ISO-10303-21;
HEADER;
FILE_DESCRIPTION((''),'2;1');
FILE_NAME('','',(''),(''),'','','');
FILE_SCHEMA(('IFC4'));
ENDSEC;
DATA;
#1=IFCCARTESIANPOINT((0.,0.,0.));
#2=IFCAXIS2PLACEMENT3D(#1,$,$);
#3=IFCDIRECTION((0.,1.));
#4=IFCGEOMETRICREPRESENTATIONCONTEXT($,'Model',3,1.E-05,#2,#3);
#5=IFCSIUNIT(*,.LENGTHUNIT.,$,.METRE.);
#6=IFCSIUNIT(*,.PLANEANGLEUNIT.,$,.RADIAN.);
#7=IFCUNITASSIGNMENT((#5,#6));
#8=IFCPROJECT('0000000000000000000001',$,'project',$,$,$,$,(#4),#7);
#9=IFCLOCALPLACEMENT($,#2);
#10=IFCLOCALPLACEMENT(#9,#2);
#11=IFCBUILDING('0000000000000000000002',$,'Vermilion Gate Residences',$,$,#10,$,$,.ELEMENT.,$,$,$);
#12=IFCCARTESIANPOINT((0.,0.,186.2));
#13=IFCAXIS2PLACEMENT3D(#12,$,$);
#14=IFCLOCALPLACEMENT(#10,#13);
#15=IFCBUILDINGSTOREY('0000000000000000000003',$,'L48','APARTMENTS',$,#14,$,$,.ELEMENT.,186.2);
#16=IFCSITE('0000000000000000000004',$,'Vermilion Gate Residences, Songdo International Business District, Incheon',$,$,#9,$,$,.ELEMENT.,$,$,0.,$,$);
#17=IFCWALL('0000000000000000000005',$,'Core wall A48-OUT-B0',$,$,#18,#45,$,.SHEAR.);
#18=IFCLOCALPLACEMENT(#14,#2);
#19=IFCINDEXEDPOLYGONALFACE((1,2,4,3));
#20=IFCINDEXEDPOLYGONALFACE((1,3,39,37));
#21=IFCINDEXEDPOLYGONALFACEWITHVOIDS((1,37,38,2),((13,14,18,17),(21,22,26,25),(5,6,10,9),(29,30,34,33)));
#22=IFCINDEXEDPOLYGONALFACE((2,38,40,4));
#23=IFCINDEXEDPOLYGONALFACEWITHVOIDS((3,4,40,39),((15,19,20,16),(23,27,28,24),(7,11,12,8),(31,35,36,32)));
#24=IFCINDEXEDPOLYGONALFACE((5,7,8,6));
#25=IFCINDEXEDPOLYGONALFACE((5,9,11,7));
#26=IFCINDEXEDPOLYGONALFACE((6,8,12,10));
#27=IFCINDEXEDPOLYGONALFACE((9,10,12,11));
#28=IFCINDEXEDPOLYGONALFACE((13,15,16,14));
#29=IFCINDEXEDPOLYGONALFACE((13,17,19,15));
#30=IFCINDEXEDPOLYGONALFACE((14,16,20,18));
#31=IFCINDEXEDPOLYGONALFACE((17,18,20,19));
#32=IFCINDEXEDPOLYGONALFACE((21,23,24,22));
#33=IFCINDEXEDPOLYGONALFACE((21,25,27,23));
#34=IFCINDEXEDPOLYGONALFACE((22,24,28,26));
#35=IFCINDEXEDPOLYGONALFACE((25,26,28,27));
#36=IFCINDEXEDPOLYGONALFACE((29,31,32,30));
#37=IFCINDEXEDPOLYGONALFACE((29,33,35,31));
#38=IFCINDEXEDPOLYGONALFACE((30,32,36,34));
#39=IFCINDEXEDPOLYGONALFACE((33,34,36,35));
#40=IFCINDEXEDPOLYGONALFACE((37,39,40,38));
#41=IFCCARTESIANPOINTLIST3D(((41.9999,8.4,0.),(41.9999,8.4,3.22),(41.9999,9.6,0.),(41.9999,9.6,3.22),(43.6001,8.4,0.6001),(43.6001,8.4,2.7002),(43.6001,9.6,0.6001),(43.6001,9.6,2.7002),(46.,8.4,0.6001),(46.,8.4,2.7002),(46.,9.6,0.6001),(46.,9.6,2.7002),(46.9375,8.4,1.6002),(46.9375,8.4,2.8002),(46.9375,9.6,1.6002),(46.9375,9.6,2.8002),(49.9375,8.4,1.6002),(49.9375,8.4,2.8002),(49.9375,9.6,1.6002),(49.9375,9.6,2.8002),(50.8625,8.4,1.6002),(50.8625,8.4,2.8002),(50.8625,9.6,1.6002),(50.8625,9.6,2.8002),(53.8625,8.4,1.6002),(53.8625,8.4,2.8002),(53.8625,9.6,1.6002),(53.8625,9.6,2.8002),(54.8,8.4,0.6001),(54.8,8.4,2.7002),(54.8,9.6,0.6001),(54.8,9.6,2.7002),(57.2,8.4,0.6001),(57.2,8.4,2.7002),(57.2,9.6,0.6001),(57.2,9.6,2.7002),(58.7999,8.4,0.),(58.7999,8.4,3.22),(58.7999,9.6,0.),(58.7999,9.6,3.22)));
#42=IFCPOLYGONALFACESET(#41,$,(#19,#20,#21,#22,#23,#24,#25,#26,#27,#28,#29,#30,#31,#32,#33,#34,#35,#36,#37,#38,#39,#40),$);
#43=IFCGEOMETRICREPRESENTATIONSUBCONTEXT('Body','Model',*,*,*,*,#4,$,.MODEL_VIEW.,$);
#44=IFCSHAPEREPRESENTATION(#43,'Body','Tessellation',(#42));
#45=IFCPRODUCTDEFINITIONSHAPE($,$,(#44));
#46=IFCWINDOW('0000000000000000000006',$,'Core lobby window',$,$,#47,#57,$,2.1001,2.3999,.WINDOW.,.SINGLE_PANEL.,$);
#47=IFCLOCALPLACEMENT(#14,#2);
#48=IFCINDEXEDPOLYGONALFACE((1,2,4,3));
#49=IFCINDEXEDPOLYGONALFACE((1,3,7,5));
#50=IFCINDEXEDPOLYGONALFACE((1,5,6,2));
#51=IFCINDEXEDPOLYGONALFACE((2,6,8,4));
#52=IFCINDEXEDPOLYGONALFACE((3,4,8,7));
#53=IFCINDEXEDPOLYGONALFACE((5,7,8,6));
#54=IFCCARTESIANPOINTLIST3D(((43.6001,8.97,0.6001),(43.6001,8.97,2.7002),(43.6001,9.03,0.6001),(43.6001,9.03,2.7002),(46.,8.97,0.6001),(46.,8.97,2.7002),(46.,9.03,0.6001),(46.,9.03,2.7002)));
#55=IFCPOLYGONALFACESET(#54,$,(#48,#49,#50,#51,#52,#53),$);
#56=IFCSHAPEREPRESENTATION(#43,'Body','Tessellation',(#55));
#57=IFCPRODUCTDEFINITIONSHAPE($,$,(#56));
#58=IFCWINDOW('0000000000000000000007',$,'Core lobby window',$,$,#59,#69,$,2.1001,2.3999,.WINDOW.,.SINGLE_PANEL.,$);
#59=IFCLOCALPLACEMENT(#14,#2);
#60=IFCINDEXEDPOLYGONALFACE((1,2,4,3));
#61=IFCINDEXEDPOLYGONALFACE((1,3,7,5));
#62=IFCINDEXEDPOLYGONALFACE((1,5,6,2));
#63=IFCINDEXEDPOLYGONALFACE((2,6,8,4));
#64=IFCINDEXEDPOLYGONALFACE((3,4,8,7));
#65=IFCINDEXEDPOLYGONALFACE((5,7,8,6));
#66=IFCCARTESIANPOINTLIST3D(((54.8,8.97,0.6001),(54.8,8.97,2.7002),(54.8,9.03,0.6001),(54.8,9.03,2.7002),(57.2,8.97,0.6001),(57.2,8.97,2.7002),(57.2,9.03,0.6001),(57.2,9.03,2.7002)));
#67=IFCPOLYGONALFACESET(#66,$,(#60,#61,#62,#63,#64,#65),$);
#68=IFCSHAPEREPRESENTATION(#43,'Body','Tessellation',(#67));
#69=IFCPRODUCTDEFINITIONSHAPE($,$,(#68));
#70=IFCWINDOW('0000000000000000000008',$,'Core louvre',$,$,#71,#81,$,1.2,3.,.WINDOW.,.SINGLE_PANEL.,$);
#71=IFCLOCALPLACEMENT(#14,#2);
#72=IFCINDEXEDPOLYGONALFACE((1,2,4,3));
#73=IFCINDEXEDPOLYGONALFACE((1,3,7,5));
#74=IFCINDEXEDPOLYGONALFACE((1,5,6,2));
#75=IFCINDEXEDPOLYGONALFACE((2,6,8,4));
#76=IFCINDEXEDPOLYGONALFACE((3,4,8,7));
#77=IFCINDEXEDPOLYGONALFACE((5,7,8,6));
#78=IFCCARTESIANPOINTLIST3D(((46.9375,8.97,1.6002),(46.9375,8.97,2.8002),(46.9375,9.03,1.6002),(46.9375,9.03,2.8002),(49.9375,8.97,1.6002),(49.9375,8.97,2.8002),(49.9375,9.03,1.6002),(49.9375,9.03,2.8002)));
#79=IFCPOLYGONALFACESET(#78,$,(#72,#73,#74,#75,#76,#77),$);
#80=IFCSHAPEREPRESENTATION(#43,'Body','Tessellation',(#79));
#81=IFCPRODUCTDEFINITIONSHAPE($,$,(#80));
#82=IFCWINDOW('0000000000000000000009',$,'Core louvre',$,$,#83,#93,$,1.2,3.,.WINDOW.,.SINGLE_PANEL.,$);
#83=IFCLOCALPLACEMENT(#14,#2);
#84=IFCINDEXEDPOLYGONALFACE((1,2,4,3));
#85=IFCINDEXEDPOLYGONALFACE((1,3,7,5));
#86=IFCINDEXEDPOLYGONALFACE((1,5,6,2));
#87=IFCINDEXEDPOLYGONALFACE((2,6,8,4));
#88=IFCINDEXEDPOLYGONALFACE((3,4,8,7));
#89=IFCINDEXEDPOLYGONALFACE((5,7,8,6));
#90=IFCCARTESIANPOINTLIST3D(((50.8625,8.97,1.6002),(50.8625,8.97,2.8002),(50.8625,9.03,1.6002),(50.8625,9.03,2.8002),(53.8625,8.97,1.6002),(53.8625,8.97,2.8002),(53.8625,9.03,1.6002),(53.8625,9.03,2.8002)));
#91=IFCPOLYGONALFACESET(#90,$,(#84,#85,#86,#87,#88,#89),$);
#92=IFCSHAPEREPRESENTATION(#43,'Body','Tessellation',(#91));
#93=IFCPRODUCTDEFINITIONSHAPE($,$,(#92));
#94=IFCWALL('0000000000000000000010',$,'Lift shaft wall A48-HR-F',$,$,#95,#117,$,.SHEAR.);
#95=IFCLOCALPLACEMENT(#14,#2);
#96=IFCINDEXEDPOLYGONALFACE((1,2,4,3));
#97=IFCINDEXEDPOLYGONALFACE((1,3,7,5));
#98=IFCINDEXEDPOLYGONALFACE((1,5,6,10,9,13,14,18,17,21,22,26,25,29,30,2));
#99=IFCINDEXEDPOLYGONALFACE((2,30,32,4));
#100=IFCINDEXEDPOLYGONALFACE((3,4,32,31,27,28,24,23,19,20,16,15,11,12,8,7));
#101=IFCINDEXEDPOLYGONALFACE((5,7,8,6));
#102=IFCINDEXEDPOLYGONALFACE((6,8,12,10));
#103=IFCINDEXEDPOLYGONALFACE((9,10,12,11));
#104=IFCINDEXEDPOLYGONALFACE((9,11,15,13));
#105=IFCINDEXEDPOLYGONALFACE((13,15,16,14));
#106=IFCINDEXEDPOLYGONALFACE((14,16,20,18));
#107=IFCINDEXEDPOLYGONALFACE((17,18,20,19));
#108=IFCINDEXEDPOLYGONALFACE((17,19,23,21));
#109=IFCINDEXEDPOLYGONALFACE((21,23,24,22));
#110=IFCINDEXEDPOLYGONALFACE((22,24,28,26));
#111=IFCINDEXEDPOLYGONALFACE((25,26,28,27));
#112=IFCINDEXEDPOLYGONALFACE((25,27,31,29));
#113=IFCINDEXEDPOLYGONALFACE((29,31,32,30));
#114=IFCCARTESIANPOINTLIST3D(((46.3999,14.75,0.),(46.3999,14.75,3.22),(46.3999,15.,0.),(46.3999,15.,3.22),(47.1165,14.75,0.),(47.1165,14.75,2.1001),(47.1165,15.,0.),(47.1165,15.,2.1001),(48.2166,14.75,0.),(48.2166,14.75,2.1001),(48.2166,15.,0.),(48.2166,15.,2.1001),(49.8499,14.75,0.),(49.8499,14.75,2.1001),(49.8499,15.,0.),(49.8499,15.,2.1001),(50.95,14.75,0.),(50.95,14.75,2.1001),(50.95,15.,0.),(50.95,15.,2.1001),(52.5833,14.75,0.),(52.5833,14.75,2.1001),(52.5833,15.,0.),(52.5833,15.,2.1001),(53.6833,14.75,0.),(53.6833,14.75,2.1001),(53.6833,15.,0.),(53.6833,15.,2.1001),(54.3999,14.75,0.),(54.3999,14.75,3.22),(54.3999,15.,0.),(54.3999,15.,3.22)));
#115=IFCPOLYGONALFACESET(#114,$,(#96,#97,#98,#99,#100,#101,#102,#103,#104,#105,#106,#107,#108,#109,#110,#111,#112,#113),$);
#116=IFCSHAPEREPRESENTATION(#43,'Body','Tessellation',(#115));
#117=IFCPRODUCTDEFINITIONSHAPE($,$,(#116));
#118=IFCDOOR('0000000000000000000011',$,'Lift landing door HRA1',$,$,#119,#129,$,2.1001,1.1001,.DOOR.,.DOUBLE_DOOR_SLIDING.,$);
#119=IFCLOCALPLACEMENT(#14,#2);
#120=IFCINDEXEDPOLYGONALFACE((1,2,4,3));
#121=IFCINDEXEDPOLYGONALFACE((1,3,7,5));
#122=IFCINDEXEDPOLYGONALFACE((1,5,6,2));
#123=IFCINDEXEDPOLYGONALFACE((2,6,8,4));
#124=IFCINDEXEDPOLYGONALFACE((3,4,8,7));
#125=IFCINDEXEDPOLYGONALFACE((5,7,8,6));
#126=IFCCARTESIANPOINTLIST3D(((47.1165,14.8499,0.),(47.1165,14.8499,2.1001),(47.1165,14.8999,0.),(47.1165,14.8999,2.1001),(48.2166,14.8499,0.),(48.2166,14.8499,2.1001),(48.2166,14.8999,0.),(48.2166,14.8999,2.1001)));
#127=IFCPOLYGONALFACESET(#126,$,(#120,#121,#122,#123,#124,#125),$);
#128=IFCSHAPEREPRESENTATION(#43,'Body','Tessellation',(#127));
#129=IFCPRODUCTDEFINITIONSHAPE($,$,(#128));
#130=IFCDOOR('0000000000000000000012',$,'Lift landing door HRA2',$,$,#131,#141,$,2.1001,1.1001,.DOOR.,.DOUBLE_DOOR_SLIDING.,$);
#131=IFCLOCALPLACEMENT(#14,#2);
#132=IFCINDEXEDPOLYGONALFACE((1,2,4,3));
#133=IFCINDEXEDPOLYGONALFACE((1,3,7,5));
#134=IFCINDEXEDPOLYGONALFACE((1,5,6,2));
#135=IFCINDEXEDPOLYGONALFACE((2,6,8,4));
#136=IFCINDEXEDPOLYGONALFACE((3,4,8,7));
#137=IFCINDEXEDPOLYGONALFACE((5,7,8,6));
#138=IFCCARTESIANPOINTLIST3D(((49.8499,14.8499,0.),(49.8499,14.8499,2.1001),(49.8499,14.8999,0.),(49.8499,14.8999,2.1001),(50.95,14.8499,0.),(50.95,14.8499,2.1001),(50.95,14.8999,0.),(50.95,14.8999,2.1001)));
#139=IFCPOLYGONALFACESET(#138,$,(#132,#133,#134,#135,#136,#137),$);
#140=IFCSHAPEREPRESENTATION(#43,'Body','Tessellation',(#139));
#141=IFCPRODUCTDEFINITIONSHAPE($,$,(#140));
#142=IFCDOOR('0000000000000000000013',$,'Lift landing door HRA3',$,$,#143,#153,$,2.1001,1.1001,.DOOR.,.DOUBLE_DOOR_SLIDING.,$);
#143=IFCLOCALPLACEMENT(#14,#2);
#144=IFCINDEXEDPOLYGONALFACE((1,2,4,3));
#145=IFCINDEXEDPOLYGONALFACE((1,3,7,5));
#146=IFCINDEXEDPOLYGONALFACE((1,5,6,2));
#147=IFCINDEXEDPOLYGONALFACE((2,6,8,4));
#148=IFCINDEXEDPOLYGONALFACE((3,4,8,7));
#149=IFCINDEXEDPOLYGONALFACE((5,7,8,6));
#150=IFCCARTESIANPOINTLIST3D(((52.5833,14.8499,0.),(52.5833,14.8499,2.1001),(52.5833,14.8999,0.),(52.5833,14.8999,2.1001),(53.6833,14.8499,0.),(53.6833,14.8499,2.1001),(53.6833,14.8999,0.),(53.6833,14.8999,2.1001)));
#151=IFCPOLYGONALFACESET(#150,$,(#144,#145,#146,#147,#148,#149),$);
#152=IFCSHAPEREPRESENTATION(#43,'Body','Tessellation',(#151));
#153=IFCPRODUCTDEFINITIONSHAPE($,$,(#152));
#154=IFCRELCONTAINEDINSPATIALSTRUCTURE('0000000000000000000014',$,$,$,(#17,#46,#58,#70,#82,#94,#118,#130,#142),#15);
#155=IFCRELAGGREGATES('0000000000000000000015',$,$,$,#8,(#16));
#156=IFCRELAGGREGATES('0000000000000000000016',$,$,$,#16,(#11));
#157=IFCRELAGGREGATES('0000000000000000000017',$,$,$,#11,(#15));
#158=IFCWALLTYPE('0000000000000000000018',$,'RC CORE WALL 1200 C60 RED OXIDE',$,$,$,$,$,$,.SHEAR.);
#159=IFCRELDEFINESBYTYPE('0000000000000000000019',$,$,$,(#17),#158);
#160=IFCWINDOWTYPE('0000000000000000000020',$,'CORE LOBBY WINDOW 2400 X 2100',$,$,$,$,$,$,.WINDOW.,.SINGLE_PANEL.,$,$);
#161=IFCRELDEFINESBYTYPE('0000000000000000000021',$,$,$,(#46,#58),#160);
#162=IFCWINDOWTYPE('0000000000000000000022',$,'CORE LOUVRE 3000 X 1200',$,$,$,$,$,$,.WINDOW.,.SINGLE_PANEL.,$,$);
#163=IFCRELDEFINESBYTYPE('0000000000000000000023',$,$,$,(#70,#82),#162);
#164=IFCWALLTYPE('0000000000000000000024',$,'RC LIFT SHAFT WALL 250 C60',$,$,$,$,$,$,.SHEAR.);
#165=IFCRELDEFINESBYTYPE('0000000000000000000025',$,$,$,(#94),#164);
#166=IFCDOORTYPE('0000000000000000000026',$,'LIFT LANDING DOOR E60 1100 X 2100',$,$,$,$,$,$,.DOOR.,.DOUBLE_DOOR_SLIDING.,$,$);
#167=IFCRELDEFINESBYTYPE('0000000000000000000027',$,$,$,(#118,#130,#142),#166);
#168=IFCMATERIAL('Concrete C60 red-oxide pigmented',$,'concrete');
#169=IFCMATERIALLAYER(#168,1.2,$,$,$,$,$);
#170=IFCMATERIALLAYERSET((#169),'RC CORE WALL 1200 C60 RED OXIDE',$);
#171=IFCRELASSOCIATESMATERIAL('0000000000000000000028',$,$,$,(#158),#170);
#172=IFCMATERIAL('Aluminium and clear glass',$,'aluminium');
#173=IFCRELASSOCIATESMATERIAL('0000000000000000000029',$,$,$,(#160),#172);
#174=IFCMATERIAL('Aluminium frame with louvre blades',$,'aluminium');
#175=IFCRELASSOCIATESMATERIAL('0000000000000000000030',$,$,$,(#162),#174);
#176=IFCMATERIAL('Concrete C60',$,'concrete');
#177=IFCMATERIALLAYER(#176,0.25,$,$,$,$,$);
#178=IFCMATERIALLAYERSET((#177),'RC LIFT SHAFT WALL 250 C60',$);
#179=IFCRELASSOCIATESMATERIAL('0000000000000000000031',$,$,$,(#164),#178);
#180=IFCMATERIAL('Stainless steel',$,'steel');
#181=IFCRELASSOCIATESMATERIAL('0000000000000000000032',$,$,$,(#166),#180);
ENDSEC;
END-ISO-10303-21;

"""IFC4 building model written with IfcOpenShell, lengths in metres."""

from ifc_helpers import new_model, si_unit, direction, frame, frame_2d, origin, place, context, subcontext, project, spatial, rectangle, extrude, material, layer, layer_set, type_object, element, fill, save


model = new_model("IFC4")

# Units and contexts
model_context = context("Model", 3, precision=1e-05, world=origin(), true_north=direction((0.0, 1.0)))
body_context = subcontext(model_context, "Body", "Model", "MODEL_VIEW")
ifc_project = project(units=[si_unit("LENGTHUNIT", "METRE"), si_unit("PLANEANGLEUNIT", "RADIAN")], contexts=[model_context])

# Site, building, storey
site_placement = place(None, origin())
site = spatial("IfcSite", under=ifc_project, at=site_placement, Name="Vermilion Gate Residences, Songdo International Business District, Incheon", CompositionType="ELEMENT", RefElevation=0.0)
building_placement = place(site_placement, origin())
building = spatial("IfcBuilding", under=site, at=building_placement, Name="Vermilion Gate Residences", CompositionType="ELEMENT")
storey_placement = place(building_placement, frame((0.0, 0.0, 186.2)))
storey = spatial("IfcBuildingStorey", under=building, at=storey_placement, Name="L48", Description="APARTMENTS", CompositionType="ELEMENT", Elevation=186.2)

# Wall, openings, windows
ifc_material_1 = material(Name="Concrete C60 red-oxide pigmented", Category="concrete")
ifc_layer_1 = layer(ifc_material_1, 1.2)
ifc_layer_set_1 = layer_set([ifc_layer_1], Name="RC CORE WALL 1200 C60 RED OXIDE")
wall_type_1 = type_object("IfcWallType", Name="RC CORE WALL 1200 C60 RED OXIDE", PredefinedType="SHEAR", material=ifc_layer_set_1)
wall_1_placement = place(storey_placement, frame((42.0, 9.0, 0.0), z_axis=(0.0, 0.0, 1.0), x_axis=(1.0, 0.0, 0.0)))
wall_1 = element("IfcWall", 1, at=wall_1_placement, inside=storey, type_object=wall_type_1, Name="Core wall A48-OUT-B0", PredefinedType="SHEAR", context=body_context, shape_type="SweptSolid", body=[
    extrude(rectangle(XDim=16.8, YDim=1.2, at=frame_2d((8.3999, 0.0))), origin(), (0.0, 0.0, 1.0), 3.22),
])
opening_1_placement = place(wall_1_placement, frame((1.6001, 0.0, 0.6001)))
opening_1 = element("IfcOpeningElement", 2, at=opening_1_placement, cuts=wall_1, PredefinedType="OPENING", context=body_context, shape_type="SweptSolid", body=[
    extrude(rectangle(XDim=2.3999, YDim=2.1001, at=frame_2d((1.2, 1.05))), frame((0.0, 0.6099, 0.0), z_axis=(0.0, -1.0, 0.0), x_axis=(1.0, 0.0, 0.0)), (0.0, 0.0, 1.0), 1.22),
])
opening_2_placement = place(wall_1_placement, frame((4.9375, 0.0, 1.6001)))
opening_2 = element("IfcOpeningElement", 3, at=opening_2_placement, cuts=wall_1, PredefinedType="OPENING", context=body_context, shape_type="SweptSolid", body=[
    extrude(rectangle(XDim=3.0, YDim=1.2, at=frame_2d((1.5, 0.6001))), frame((0.0, 0.6099, 0.0), z_axis=(0.0, -1.0, 0.0), x_axis=(1.0, 0.0, 0.0)), (0.0, 0.0, 1.0), 1.22),
])
opening_3_placement = place(wall_1_placement, frame((8.8625, 0.0, 1.6001)))
opening_3 = element("IfcOpeningElement", 4, at=opening_3_placement, cuts=wall_1, PredefinedType="OPENING", context=body_context, shape_type="SweptSolid", body=[
    extrude(rectangle(XDim=3.0, YDim=1.2, at=frame_2d((1.5, 0.6001))), frame((0.0, 0.6099, 0.0), z_axis=(0.0, -1.0, 0.0), x_axis=(1.0, 0.0, 0.0)), (0.0, 0.0, 1.0), 1.22),
])
opening_4_placement = place(wall_1_placement, frame((12.8, 0.0, 0.6001)))
opening_4 = element("IfcOpeningElement", 5, at=opening_4_placement, cuts=wall_1, PredefinedType="OPENING", context=body_context, shape_type="SweptSolid", body=[
    extrude(rectangle(XDim=2.3999, YDim=2.1001, at=frame_2d((1.2, 1.05))), frame((0.0, 0.6099, 0.0), z_axis=(0.0, -1.0, 0.0), x_axis=(1.0, 0.0, 0.0)), (0.0, 0.0, 1.0), 1.22),
])
ifc_material_2 = material(Name="Aluminium and clear glass", Category="aluminium")
window_type_1 = type_object("IfcWindowType", Name="CORE LOBBY WINDOW 2400 X 2100", PartitioningType="SINGLE_PANEL", PredefinedType="WINDOW", material=ifc_material_2)
window_1_placement = place(opening_1_placement, origin())
window_1 = element("IfcWindow", 6, at=window_1_placement, inside=storey, type_object=window_type_1, Name="Core lobby window", OverallHeight=2.1001, OverallWidth=2.3999, PartitioningType="SINGLE_PANEL", PredefinedType="WINDOW", context=body_context, shape_type="SweptSolid", body=[
    extrude(rectangle(XDim=2.3999, YDim=2.1001, at=frame_2d((1.2, 1.05))), frame((0.0, 0.03, 0.0), z_axis=(0.0, -1.0, 0.0), x_axis=(1.0, 0.0, 0.0)), (0.0, 0.0, 1.0), 0.0601),
])
fill(opening_1, window_1)
window_2_placement = place(opening_4_placement, origin())
window_2 = element("IfcWindow", 7, at=window_2_placement, inside=storey, type_object=window_type_1, Name="Core lobby window", OverallHeight=2.1001, OverallWidth=2.3999, PartitioningType="SINGLE_PANEL", PredefinedType="WINDOW", context=body_context, shape_type="SweptSolid", body=[
    extrude(rectangle(XDim=2.3999, YDim=2.1001, at=frame_2d((1.2, 1.05))), frame((0.0, 0.03, 0.0), z_axis=(0.0, -1.0, 0.0), x_axis=(1.0, 0.0, 0.0)), (0.0, 0.0, 1.0), 0.0601),
])
fill(opening_4, window_2)
ifc_material_3 = material(Name="Aluminium frame with louvre blades", Category="aluminium")
window_type_2 = type_object("IfcWindowType", Name="CORE LOUVRE 3000 X 1200", PartitioningType="SINGLE_PANEL", PredefinedType="WINDOW", material=ifc_material_3)
window_3_placement = place(opening_2_placement, origin())
window_3 = element("IfcWindow", 8, at=window_3_placement, inside=storey, type_object=window_type_2, Name="Core louvre", OverallHeight=1.2, OverallWidth=3.0, PartitioningType="SINGLE_PANEL", PredefinedType="WINDOW", context=body_context, shape_type="SweptSolid", body=[
    extrude(rectangle(XDim=3.0, YDim=1.2, at=frame_2d((1.5, 0.6001))), frame((0.0, 0.03, 0.0), z_axis=(0.0, -1.0, 0.0), x_axis=(1.0, 0.0, 0.0)), (0.0, 0.0, 1.0), 0.0601),
])
fill(opening_2, window_3)
window_4_placement = place(opening_3_placement, origin())
window_4 = element("IfcWindow", 9, at=window_4_placement, inside=storey, type_object=window_type_2, Name="Core louvre", OverallHeight=1.2, OverallWidth=3.0, PartitioningType="SINGLE_PANEL", PredefinedType="WINDOW", context=body_context, shape_type="SweptSolid", body=[
    extrude(rectangle(XDim=3.0, YDim=1.2, at=frame_2d((1.5, 0.6001))), frame((0.0, 0.03, 0.0), z_axis=(0.0, -1.0, 0.0), x_axis=(1.0, 0.0, 0.0)), (0.0, 0.0, 1.0), 0.0601),
])
fill(opening_3, window_4)

# Wall, openings, doors
ifc_material_4 = material(Name="Concrete C60", Category="concrete")
ifc_layer_2 = layer(ifc_material_4, 0.25)
ifc_layer_set_2 = layer_set([ifc_layer_2], Name="RC LIFT SHAFT WALL 250 C60")
wall_type_2 = type_object("IfcWallType", Name="RC LIFT SHAFT WALL 250 C60", PredefinedType="SHEAR", material=ifc_layer_set_2)
wall_2_placement = place(storey_placement, frame((46.3999, 14.875, 0.0), z_axis=(0.0, 0.0, 1.0), x_axis=(1.0, 0.0, 0.0)))
wall_2 = element("IfcWall", 10, at=wall_2_placement, inside=storey, type_object=wall_type_2, Name="Lift shaft wall A48-HR-F", PredefinedType="SHEAR", context=body_context, shape_type="SweptSolid", body=[
    extrude(rectangle(XDim=8.0, YDim=0.25, at=frame_2d((4.0, 0.0))), origin(), (0.0, 0.0, 1.0), 3.22),
])
opening_5_placement = place(wall_2_placement, frame((0.7166, 0.0, 0.0)))
opening_5 = element("IfcOpeningElement", 11, at=opening_5_placement, cuts=wall_2, PredefinedType="OPENING", context=body_context, shape_type="SweptSolid", body=[
    extrude(rectangle(XDim=1.1001, YDim=2.1001, at=frame_2d((0.55, 1.05))), frame((0.0, 0.135, 0.0), z_axis=(0.0, -1.0, 0.0), x_axis=(1.0, 0.0, 0.0)), (0.0, 0.0, 1.0), 0.27),
])
opening_6_placement = place(wall_2_placement, frame((3.45, 0.0, 0.0)))
opening_6 = element("IfcOpeningElement", 12, at=opening_6_placement, cuts=wall_2, PredefinedType="OPENING", context=body_context, shape_type="SweptSolid", body=[
    extrude(rectangle(XDim=1.1001, YDim=2.1001, at=frame_2d((0.55, 1.05))), frame((0.0, 0.135, 0.0), z_axis=(0.0, -1.0, 0.0), x_axis=(1.0, 0.0, 0.0)), (0.0, 0.0, 1.0), 0.27),
])
opening_7_placement = place(wall_2_placement, frame((6.1833, 0.0, 0.0)))
opening_7 = element("IfcOpeningElement", 13, at=opening_7_placement, cuts=wall_2, PredefinedType="OPENING", context=body_context, shape_type="SweptSolid", body=[
    extrude(rectangle(XDim=1.1001, YDim=2.1001, at=frame_2d((0.55, 1.05))), frame((0.0, 0.135, 0.0), z_axis=(0.0, -1.0, 0.0), x_axis=(1.0, 0.0, 0.0)), (0.0, 0.0, 1.0), 0.27),
])
ifc_material_5 = material(Name="Stainless steel", Category="steel")
door_type_1 = type_object("IfcDoorType", Name="LIFT LANDING DOOR E60 1100 X 2100", OperationType="DOUBLE_DOOR_SLIDING", PredefinedType="DOOR", material=ifc_material_5)
door_1_placement = place(opening_5_placement, origin())
door_1 = element("IfcDoor", 14, at=door_1_placement, inside=storey, type_object=door_type_1, Name="Lift landing door HRA1", OperationType="DOUBLE_DOOR_SLIDING", OverallHeight=2.1001, OverallWidth=1.1001, PredefinedType="DOOR", context=body_context, shape_type="SweptSolid", body=[
    extrude(rectangle(XDim=1.1001, YDim=2.1001, at=frame_2d((0.55, 1.05))), frame((0.0, 0.0249, 0.0), z_axis=(0.0, -1.0, 0.0), x_axis=(1.0, 0.0, 0.0)), (0.0, 0.0, 1.0), 0.05),
])
fill(opening_5, door_1)
door_2_placement = place(opening_6_placement, origin())
door_2 = element("IfcDoor", 15, at=door_2_placement, inside=storey, type_object=door_type_1, Name="Lift landing door HRA2", OperationType="DOUBLE_DOOR_SLIDING", OverallHeight=2.1001, OverallWidth=1.1001, PredefinedType="DOOR", context=body_context, shape_type="SweptSolid", body=[
    extrude(rectangle(XDim=1.1001, YDim=2.1001, at=frame_2d((0.55, 1.05))), frame((0.0, 0.0249, 0.0), z_axis=(0.0, -1.0, 0.0), x_axis=(1.0, 0.0, 0.0)), (0.0, 0.0, 1.0), 0.05),
])
fill(opening_6, door_2)
door_3_placement = place(opening_7_placement, origin())
door_3 = element("IfcDoor", 16, at=door_3_placement, inside=storey, type_object=door_type_1, Name="Lift landing door HRA3", OperationType="DOUBLE_DOOR_SLIDING", OverallHeight=2.1001, OverallWidth=1.1001, PredefinedType="DOOR", context=body_context, shape_type="SweptSolid", body=[
    extrude(rectangle(XDim=1.1001, YDim=2.1001, at=frame_2d((0.55, 1.05))), frame((0.0, 0.0249, 0.0), z_axis=(0.0, -1.0, 0.0), x_axis=(1.0, 0.0, 0.0)), (0.0, 0.0, 1.0), 0.05),
])
fill(opening_7, door_3)

save(model, "model.ifc")
